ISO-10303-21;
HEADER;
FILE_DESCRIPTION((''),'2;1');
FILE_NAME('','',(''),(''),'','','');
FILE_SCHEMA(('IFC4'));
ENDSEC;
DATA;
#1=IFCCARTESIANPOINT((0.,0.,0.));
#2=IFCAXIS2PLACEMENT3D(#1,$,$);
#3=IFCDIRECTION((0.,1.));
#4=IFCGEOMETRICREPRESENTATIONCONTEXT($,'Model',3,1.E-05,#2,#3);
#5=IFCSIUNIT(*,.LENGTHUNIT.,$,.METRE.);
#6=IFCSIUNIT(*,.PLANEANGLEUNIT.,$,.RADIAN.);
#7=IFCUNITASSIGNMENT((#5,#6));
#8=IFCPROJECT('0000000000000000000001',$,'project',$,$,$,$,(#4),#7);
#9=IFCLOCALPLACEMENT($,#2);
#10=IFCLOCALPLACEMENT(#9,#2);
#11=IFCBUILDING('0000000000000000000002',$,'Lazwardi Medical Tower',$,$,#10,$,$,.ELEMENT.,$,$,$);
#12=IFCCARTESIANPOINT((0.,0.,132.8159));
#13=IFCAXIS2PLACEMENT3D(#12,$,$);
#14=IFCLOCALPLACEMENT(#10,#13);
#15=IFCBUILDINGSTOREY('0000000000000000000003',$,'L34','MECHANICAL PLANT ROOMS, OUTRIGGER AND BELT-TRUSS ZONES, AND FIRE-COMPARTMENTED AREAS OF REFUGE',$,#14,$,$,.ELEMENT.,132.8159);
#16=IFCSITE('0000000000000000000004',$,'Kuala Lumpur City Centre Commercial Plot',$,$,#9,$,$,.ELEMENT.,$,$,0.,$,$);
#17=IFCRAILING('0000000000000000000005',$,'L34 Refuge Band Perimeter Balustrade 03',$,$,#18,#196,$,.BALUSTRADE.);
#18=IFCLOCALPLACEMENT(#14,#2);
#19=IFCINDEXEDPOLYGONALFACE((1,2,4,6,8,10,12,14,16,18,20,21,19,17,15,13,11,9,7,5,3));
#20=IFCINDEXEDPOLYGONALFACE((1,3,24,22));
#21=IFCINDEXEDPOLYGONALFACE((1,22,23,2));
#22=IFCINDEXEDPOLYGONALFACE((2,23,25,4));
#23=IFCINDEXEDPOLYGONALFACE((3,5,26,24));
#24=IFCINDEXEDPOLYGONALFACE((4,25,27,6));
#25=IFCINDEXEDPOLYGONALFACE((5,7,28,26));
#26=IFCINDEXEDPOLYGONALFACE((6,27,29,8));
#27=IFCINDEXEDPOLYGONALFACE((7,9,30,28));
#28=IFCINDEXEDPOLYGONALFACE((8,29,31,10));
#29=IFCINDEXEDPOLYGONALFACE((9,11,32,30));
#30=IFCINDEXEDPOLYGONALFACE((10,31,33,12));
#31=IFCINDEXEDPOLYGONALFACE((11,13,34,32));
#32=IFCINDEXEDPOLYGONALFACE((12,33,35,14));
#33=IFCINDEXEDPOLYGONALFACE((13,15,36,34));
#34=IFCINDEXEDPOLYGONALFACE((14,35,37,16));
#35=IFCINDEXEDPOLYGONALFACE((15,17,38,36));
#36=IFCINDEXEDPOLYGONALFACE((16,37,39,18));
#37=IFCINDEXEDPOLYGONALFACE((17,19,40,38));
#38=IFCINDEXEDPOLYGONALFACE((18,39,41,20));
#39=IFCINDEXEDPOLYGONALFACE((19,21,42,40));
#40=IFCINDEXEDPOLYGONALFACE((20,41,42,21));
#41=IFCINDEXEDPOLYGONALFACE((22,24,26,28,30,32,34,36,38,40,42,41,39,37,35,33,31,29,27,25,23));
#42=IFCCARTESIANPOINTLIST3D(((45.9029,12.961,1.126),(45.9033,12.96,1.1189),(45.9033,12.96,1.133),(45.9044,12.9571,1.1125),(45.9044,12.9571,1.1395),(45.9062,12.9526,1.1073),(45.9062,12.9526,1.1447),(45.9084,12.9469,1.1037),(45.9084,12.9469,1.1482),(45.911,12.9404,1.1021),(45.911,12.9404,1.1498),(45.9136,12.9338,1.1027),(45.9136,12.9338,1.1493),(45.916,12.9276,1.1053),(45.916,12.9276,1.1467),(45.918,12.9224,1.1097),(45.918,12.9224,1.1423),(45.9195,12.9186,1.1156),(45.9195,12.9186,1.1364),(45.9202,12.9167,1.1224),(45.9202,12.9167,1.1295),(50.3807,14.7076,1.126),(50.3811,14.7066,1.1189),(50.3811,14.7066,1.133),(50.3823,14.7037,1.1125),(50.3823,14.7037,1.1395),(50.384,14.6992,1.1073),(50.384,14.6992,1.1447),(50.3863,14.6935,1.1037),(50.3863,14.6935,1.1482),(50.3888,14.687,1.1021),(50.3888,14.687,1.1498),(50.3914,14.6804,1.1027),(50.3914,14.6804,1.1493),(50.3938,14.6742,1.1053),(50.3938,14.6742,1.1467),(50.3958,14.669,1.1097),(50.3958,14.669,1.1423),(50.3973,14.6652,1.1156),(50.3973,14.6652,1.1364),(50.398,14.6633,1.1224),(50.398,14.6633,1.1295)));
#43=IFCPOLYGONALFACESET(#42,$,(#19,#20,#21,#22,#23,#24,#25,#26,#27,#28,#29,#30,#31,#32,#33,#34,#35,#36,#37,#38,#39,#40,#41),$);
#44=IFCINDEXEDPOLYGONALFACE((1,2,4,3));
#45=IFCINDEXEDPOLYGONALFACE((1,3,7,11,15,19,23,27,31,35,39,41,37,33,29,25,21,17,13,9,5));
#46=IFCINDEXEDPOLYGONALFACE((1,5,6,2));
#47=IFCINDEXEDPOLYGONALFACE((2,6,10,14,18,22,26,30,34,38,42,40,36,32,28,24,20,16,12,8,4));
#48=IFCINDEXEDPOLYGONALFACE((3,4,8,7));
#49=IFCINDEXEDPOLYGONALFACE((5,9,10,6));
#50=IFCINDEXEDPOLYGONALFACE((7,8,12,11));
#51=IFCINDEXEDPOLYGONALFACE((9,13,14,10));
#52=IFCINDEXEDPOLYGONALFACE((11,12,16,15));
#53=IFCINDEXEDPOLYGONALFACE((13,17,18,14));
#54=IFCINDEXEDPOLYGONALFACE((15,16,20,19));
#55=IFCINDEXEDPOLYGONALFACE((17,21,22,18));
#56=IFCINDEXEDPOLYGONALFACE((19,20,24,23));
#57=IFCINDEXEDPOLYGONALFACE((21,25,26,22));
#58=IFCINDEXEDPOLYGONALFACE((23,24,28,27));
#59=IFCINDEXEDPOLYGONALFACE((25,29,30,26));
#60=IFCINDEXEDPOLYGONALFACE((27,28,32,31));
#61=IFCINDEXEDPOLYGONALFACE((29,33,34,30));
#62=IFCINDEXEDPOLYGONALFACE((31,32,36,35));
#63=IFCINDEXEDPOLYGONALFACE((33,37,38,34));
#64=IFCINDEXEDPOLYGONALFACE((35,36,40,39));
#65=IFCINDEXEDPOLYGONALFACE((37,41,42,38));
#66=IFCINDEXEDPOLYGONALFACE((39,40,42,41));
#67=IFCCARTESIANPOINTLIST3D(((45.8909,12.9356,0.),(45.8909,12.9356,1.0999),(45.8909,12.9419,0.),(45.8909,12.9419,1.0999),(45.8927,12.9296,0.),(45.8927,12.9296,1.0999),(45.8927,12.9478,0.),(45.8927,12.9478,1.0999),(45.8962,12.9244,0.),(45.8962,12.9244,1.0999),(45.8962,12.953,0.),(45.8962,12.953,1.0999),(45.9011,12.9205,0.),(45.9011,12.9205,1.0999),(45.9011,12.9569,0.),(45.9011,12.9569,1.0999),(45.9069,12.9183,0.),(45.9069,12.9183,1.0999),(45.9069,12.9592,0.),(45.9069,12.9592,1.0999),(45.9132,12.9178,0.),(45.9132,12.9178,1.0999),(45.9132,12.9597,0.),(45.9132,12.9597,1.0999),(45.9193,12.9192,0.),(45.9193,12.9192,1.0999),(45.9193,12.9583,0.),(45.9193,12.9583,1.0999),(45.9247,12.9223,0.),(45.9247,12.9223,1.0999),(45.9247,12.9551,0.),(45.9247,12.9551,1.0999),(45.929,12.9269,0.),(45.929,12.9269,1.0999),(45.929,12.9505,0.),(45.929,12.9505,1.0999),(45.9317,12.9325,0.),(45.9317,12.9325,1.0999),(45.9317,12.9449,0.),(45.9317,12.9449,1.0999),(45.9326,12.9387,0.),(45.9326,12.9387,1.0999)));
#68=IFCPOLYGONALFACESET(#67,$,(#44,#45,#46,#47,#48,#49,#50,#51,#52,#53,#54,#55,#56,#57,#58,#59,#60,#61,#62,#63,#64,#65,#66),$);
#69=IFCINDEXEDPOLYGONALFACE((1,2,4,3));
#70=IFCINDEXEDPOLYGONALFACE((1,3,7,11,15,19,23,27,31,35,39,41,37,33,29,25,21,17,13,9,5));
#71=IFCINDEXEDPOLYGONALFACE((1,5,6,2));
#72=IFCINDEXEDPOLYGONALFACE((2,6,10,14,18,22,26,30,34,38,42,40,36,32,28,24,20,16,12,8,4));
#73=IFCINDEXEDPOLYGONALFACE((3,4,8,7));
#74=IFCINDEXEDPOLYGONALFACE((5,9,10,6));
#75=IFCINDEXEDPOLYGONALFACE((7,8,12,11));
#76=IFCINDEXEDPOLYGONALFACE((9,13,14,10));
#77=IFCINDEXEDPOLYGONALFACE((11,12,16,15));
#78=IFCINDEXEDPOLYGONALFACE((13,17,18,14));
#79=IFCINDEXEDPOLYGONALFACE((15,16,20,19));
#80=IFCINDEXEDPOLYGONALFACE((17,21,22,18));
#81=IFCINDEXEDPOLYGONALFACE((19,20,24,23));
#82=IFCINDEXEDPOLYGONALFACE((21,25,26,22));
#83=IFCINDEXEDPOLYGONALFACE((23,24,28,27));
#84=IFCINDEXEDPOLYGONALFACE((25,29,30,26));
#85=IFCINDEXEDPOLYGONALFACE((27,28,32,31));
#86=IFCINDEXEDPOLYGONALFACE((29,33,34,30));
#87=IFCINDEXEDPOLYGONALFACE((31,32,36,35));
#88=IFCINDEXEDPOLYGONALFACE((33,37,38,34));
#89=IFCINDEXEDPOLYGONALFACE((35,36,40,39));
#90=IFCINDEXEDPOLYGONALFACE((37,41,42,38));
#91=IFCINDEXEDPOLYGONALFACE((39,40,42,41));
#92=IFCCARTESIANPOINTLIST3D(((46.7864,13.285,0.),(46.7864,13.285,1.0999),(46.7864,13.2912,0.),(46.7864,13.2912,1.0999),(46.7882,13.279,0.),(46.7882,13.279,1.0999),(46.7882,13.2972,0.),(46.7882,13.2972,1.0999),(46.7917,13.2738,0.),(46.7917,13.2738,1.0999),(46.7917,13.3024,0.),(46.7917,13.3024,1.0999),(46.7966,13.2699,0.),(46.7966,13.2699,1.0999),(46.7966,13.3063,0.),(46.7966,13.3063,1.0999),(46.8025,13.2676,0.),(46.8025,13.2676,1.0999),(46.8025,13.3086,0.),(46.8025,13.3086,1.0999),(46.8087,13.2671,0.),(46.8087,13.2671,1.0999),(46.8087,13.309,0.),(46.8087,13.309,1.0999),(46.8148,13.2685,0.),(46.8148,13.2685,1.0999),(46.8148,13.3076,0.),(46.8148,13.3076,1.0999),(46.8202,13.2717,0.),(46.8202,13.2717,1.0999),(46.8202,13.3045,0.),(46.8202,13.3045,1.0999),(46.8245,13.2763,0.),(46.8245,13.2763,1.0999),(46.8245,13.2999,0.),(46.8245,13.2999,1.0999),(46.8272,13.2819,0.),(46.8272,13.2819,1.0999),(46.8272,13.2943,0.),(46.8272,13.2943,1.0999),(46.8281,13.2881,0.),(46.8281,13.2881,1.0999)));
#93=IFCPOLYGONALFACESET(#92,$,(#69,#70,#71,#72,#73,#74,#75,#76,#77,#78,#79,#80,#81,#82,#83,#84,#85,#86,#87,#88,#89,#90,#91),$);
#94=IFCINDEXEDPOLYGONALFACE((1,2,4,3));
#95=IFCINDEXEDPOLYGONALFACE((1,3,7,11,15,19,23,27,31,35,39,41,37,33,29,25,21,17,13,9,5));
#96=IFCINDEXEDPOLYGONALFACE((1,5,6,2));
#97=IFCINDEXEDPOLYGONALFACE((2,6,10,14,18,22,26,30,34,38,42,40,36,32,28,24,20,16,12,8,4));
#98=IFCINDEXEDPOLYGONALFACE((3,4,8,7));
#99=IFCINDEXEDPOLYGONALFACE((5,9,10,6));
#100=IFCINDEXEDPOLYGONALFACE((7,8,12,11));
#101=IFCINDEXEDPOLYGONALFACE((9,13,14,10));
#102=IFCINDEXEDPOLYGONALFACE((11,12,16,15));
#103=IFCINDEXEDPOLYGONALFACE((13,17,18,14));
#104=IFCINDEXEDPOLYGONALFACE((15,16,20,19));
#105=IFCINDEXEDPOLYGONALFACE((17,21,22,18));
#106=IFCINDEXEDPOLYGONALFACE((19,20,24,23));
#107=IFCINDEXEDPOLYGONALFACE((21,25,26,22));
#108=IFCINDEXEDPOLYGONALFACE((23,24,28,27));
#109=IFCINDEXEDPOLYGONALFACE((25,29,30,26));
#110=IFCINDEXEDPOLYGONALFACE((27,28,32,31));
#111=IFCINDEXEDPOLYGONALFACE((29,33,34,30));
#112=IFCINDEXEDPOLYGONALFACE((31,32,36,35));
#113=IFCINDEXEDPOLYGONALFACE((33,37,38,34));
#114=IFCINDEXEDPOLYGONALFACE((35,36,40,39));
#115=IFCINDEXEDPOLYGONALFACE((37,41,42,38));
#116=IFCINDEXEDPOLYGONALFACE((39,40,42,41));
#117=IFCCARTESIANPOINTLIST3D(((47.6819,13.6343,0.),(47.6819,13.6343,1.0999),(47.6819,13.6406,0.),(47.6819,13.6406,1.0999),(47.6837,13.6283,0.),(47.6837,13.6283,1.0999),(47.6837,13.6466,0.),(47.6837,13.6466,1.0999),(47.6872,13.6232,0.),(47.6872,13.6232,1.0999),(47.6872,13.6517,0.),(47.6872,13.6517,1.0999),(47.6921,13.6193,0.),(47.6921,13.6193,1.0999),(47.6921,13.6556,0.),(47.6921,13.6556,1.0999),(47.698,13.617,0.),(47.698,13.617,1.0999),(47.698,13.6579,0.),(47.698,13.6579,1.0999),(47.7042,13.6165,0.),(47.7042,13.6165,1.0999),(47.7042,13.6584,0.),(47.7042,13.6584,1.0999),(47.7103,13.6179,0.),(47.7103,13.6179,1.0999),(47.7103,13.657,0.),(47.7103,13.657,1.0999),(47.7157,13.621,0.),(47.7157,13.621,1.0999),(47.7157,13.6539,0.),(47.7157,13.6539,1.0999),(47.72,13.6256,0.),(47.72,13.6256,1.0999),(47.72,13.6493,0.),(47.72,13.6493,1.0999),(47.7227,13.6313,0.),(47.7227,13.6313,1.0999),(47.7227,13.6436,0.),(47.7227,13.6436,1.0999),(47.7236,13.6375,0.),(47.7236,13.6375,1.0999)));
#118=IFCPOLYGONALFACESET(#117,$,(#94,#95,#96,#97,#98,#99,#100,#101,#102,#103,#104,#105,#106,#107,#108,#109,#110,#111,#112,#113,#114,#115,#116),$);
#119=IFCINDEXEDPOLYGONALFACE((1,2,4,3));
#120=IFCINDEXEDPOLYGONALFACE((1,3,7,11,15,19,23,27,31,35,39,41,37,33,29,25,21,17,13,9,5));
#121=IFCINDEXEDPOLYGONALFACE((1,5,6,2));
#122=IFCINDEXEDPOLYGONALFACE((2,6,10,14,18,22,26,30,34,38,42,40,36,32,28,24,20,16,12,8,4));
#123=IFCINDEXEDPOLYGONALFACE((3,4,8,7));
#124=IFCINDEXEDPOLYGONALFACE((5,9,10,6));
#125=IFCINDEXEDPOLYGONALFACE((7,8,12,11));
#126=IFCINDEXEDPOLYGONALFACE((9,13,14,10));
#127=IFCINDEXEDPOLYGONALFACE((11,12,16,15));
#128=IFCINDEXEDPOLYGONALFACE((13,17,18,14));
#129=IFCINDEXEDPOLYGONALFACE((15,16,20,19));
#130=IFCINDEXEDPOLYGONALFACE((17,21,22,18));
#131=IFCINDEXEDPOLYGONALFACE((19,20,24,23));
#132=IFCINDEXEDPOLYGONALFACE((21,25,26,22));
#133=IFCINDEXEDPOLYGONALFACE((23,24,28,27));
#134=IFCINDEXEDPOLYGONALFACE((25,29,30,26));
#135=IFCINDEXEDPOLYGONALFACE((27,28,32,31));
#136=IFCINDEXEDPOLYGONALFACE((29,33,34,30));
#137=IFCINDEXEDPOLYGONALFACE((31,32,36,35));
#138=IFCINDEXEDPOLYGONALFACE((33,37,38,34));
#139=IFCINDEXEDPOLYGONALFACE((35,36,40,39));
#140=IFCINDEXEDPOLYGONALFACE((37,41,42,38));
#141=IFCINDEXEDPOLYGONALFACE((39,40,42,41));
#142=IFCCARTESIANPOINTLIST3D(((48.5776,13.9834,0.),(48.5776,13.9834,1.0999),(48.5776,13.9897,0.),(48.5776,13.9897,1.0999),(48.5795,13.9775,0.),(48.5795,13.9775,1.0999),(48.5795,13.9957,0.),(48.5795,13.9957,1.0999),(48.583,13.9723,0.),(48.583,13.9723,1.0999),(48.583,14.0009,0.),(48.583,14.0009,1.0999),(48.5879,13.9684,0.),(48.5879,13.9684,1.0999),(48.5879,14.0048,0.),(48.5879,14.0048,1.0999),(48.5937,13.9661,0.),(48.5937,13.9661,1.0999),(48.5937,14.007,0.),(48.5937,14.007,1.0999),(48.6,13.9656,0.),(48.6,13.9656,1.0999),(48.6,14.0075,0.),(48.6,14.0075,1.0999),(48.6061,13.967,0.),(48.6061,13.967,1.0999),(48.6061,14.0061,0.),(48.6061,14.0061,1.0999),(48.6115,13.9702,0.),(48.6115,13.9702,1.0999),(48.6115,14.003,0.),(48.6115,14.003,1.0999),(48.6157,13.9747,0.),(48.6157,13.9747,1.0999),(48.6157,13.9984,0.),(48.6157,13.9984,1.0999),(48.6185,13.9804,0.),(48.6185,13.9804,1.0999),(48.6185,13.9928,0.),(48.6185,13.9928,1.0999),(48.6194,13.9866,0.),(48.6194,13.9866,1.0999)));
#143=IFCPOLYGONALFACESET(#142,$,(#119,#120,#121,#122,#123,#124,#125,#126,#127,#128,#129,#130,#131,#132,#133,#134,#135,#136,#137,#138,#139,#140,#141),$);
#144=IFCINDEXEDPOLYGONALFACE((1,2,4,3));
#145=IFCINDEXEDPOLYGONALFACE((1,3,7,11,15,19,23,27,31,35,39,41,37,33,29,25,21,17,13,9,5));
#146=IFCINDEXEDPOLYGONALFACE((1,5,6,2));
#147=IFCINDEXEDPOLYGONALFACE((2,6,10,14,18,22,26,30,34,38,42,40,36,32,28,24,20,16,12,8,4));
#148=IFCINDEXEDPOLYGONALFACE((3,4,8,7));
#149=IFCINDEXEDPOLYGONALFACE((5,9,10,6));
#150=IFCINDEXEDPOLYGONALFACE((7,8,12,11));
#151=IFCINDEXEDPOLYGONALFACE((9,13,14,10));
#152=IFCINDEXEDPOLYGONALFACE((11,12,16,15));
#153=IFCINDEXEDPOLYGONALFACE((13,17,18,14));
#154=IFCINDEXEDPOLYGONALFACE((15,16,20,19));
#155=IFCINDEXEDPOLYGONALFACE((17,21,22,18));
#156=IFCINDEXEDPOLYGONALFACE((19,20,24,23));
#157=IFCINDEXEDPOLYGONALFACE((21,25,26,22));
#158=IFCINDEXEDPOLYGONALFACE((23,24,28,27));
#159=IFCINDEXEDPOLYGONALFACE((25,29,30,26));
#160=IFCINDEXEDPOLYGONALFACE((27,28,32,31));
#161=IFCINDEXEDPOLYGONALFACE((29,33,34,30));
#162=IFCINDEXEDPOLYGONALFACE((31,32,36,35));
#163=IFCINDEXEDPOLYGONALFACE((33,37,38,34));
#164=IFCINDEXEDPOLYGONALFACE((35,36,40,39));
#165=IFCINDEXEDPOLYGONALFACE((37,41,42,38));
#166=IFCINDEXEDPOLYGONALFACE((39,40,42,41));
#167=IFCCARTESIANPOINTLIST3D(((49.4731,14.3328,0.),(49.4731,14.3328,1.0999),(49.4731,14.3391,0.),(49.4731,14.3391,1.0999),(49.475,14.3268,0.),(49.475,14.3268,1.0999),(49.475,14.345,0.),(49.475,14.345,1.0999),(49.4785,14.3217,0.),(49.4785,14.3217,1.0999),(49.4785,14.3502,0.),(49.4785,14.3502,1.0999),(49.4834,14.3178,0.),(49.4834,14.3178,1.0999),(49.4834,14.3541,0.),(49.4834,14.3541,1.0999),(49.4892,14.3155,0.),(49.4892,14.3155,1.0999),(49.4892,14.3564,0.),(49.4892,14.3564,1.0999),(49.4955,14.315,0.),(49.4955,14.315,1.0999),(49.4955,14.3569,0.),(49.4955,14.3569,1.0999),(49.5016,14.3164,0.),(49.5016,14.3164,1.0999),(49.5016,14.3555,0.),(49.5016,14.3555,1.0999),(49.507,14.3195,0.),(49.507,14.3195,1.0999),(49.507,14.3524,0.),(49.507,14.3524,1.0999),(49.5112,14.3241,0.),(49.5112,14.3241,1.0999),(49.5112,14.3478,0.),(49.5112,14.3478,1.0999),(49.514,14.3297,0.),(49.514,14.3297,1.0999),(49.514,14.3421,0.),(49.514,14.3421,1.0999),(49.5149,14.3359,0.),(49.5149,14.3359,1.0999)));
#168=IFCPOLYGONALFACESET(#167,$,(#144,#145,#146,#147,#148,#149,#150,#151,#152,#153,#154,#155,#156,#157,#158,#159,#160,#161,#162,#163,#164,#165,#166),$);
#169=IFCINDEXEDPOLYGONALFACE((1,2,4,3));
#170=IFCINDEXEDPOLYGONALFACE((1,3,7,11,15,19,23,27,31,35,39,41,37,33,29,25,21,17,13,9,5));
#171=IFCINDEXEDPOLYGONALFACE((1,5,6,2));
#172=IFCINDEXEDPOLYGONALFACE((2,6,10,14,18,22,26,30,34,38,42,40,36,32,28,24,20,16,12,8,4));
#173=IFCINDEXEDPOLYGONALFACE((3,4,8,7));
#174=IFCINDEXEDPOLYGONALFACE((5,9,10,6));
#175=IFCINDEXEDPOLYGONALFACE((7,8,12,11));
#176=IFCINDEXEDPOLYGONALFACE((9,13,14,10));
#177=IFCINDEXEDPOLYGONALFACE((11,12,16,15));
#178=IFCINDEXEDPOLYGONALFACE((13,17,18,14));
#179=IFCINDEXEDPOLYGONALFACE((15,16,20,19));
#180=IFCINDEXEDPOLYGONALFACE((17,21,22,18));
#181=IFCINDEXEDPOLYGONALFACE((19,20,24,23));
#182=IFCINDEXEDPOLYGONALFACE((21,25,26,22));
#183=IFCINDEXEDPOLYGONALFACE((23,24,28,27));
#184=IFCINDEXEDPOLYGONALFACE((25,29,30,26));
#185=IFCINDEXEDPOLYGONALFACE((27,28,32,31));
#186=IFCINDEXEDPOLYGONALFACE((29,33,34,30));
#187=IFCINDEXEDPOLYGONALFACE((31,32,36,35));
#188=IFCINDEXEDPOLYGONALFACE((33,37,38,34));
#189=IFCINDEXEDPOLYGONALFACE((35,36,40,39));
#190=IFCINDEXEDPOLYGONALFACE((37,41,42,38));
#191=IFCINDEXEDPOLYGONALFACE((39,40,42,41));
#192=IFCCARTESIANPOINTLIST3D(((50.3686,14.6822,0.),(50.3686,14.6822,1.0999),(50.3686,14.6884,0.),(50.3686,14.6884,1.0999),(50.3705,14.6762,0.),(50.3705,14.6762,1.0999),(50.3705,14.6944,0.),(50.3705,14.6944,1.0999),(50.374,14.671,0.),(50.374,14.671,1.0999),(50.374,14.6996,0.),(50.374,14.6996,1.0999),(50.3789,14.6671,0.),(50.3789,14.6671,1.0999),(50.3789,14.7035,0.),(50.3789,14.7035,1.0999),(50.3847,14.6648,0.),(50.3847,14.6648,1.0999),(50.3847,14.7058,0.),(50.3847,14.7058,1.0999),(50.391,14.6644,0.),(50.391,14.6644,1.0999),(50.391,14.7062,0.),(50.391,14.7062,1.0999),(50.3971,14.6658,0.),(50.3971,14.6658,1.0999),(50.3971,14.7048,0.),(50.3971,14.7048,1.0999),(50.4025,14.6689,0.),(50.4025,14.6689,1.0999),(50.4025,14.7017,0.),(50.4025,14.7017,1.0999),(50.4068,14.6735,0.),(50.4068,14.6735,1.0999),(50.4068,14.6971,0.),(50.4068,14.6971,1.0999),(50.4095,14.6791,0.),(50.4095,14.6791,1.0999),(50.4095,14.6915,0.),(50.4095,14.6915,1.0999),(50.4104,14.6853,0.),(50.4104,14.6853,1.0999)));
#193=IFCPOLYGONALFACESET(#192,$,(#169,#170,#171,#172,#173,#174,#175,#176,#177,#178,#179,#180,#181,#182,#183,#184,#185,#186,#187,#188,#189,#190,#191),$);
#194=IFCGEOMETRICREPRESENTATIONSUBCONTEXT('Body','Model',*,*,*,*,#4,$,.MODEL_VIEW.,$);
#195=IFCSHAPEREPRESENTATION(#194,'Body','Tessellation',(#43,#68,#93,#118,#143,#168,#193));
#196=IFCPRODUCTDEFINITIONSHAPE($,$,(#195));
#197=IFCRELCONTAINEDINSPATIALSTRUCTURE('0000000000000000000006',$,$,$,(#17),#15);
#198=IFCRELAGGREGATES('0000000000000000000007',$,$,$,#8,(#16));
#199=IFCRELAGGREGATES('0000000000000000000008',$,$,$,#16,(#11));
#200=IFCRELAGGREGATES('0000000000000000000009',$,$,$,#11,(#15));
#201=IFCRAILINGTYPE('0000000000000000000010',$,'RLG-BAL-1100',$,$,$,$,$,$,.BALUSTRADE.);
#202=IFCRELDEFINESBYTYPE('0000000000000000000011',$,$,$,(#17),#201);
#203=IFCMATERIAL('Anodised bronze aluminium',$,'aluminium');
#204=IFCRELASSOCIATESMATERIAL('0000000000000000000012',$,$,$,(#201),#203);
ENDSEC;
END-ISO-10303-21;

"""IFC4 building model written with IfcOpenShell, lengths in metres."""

from ifc_helpers import new_model, si_unit, direction, frame, origin, origin_2d, place, context, subcontext, project, spatial, circle, extrude, material, type_object, element, save


model = new_model("IFC4")

# Units and contexts
model_context = context("Model", 3, precision=1e-05, world=origin(), true_north=direction((0.0, 1.0)))
body_context = subcontext(model_context, "Body", "Model", "MODEL_VIEW")
ifc_project = project(units=[si_unit("LENGTHUNIT", "METRE"), si_unit("PLANEANGLEUNIT", "RADIAN")], contexts=[model_context])

# Site, building, storey
site_placement = place(None, origin())
site = spatial("IfcSite", under=ifc_project, at=site_placement, Name="Kuala Lumpur City Centre Commercial Plot", CompositionType="ELEMENT", RefElevation=0.0)
building_placement = place(site_placement, origin())
building = spatial("IfcBuilding", under=site, at=building_placement, Name="Lazwardi Medical Tower", CompositionType="ELEMENT")
storey_placement = place(building_placement, frame((0.0, 0.0, 132.8159)))
storey = spatial("IfcBuildingStorey", under=building, at=storey_placement, Name="L34", Description="MECHANICAL PLANT ROOMS, OUTRIGGER AND BELT-TRUSS ZONES, AND FIRE-COMPARTMENTED AREAS OF REFUGE", CompositionType="ELEMENT", Elevation=132.8159)

# Railing
ifc_material_1 = material(Name="Anodised bronze aluminium", Category="aluminium")
railing_type = type_object("IfcRailingType", Name="RLG-BAL-1100", PredefinedType="BALUSTRADE", material=ifc_material_1)
railing_1_placement = place(storey_placement, frame((45.9116, 12.9387, 0.0)))
element("IfcRailing", 1, at=railing_1_placement, inside=storey, type_object=railing_type, Name="L34 Refuge Band Perimeter Balustrade 03", PredefinedType="BALUSTRADE", context=body_context, shape_type="SweptSolid", body=[
    extrude(circle(Radius=0.0239, at=origin_2d()), frame((0.0, 0.0, 1.126), z_axis=(0.931637, 0.36339, 0.0), x_axis=(-0.36339, 0.931637, 0.0)), (0.0, 0.0, 1.0), 4.8064),
    extrude(circle(Radius=0.021, at=origin_2d()), origin(), (0.0, 0.0, 1.0), 1.0999),
    extrude(circle(Radius=0.021, at=origin_2d()), frame((0.8955, 0.3494, 0.0)), (0.0, 0.0, 1.0), 1.0999),
    extrude(circle(Radius=0.021, at=origin_2d()), frame((1.791, 0.6987, 0.0)), (0.0, 0.0, 1.0), 1.0999),
    extrude(circle(Radius=0.021, at=origin_2d()), frame((2.6868, 1.0479, 0.0)), (0.0, 0.0, 1.0), 1.0999),
    extrude(circle(Radius=0.021, at=origin_2d()), frame((3.5823, 1.3972, 0.0)), (0.0, 0.0, 1.0), 1.0999),
    extrude(circle(Radius=0.021, at=origin_2d()), frame((4.4778, 1.7466, 0.0)), (0.0, 0.0, 1.0), 1.0999),
])

save(model, "model.ifc")
